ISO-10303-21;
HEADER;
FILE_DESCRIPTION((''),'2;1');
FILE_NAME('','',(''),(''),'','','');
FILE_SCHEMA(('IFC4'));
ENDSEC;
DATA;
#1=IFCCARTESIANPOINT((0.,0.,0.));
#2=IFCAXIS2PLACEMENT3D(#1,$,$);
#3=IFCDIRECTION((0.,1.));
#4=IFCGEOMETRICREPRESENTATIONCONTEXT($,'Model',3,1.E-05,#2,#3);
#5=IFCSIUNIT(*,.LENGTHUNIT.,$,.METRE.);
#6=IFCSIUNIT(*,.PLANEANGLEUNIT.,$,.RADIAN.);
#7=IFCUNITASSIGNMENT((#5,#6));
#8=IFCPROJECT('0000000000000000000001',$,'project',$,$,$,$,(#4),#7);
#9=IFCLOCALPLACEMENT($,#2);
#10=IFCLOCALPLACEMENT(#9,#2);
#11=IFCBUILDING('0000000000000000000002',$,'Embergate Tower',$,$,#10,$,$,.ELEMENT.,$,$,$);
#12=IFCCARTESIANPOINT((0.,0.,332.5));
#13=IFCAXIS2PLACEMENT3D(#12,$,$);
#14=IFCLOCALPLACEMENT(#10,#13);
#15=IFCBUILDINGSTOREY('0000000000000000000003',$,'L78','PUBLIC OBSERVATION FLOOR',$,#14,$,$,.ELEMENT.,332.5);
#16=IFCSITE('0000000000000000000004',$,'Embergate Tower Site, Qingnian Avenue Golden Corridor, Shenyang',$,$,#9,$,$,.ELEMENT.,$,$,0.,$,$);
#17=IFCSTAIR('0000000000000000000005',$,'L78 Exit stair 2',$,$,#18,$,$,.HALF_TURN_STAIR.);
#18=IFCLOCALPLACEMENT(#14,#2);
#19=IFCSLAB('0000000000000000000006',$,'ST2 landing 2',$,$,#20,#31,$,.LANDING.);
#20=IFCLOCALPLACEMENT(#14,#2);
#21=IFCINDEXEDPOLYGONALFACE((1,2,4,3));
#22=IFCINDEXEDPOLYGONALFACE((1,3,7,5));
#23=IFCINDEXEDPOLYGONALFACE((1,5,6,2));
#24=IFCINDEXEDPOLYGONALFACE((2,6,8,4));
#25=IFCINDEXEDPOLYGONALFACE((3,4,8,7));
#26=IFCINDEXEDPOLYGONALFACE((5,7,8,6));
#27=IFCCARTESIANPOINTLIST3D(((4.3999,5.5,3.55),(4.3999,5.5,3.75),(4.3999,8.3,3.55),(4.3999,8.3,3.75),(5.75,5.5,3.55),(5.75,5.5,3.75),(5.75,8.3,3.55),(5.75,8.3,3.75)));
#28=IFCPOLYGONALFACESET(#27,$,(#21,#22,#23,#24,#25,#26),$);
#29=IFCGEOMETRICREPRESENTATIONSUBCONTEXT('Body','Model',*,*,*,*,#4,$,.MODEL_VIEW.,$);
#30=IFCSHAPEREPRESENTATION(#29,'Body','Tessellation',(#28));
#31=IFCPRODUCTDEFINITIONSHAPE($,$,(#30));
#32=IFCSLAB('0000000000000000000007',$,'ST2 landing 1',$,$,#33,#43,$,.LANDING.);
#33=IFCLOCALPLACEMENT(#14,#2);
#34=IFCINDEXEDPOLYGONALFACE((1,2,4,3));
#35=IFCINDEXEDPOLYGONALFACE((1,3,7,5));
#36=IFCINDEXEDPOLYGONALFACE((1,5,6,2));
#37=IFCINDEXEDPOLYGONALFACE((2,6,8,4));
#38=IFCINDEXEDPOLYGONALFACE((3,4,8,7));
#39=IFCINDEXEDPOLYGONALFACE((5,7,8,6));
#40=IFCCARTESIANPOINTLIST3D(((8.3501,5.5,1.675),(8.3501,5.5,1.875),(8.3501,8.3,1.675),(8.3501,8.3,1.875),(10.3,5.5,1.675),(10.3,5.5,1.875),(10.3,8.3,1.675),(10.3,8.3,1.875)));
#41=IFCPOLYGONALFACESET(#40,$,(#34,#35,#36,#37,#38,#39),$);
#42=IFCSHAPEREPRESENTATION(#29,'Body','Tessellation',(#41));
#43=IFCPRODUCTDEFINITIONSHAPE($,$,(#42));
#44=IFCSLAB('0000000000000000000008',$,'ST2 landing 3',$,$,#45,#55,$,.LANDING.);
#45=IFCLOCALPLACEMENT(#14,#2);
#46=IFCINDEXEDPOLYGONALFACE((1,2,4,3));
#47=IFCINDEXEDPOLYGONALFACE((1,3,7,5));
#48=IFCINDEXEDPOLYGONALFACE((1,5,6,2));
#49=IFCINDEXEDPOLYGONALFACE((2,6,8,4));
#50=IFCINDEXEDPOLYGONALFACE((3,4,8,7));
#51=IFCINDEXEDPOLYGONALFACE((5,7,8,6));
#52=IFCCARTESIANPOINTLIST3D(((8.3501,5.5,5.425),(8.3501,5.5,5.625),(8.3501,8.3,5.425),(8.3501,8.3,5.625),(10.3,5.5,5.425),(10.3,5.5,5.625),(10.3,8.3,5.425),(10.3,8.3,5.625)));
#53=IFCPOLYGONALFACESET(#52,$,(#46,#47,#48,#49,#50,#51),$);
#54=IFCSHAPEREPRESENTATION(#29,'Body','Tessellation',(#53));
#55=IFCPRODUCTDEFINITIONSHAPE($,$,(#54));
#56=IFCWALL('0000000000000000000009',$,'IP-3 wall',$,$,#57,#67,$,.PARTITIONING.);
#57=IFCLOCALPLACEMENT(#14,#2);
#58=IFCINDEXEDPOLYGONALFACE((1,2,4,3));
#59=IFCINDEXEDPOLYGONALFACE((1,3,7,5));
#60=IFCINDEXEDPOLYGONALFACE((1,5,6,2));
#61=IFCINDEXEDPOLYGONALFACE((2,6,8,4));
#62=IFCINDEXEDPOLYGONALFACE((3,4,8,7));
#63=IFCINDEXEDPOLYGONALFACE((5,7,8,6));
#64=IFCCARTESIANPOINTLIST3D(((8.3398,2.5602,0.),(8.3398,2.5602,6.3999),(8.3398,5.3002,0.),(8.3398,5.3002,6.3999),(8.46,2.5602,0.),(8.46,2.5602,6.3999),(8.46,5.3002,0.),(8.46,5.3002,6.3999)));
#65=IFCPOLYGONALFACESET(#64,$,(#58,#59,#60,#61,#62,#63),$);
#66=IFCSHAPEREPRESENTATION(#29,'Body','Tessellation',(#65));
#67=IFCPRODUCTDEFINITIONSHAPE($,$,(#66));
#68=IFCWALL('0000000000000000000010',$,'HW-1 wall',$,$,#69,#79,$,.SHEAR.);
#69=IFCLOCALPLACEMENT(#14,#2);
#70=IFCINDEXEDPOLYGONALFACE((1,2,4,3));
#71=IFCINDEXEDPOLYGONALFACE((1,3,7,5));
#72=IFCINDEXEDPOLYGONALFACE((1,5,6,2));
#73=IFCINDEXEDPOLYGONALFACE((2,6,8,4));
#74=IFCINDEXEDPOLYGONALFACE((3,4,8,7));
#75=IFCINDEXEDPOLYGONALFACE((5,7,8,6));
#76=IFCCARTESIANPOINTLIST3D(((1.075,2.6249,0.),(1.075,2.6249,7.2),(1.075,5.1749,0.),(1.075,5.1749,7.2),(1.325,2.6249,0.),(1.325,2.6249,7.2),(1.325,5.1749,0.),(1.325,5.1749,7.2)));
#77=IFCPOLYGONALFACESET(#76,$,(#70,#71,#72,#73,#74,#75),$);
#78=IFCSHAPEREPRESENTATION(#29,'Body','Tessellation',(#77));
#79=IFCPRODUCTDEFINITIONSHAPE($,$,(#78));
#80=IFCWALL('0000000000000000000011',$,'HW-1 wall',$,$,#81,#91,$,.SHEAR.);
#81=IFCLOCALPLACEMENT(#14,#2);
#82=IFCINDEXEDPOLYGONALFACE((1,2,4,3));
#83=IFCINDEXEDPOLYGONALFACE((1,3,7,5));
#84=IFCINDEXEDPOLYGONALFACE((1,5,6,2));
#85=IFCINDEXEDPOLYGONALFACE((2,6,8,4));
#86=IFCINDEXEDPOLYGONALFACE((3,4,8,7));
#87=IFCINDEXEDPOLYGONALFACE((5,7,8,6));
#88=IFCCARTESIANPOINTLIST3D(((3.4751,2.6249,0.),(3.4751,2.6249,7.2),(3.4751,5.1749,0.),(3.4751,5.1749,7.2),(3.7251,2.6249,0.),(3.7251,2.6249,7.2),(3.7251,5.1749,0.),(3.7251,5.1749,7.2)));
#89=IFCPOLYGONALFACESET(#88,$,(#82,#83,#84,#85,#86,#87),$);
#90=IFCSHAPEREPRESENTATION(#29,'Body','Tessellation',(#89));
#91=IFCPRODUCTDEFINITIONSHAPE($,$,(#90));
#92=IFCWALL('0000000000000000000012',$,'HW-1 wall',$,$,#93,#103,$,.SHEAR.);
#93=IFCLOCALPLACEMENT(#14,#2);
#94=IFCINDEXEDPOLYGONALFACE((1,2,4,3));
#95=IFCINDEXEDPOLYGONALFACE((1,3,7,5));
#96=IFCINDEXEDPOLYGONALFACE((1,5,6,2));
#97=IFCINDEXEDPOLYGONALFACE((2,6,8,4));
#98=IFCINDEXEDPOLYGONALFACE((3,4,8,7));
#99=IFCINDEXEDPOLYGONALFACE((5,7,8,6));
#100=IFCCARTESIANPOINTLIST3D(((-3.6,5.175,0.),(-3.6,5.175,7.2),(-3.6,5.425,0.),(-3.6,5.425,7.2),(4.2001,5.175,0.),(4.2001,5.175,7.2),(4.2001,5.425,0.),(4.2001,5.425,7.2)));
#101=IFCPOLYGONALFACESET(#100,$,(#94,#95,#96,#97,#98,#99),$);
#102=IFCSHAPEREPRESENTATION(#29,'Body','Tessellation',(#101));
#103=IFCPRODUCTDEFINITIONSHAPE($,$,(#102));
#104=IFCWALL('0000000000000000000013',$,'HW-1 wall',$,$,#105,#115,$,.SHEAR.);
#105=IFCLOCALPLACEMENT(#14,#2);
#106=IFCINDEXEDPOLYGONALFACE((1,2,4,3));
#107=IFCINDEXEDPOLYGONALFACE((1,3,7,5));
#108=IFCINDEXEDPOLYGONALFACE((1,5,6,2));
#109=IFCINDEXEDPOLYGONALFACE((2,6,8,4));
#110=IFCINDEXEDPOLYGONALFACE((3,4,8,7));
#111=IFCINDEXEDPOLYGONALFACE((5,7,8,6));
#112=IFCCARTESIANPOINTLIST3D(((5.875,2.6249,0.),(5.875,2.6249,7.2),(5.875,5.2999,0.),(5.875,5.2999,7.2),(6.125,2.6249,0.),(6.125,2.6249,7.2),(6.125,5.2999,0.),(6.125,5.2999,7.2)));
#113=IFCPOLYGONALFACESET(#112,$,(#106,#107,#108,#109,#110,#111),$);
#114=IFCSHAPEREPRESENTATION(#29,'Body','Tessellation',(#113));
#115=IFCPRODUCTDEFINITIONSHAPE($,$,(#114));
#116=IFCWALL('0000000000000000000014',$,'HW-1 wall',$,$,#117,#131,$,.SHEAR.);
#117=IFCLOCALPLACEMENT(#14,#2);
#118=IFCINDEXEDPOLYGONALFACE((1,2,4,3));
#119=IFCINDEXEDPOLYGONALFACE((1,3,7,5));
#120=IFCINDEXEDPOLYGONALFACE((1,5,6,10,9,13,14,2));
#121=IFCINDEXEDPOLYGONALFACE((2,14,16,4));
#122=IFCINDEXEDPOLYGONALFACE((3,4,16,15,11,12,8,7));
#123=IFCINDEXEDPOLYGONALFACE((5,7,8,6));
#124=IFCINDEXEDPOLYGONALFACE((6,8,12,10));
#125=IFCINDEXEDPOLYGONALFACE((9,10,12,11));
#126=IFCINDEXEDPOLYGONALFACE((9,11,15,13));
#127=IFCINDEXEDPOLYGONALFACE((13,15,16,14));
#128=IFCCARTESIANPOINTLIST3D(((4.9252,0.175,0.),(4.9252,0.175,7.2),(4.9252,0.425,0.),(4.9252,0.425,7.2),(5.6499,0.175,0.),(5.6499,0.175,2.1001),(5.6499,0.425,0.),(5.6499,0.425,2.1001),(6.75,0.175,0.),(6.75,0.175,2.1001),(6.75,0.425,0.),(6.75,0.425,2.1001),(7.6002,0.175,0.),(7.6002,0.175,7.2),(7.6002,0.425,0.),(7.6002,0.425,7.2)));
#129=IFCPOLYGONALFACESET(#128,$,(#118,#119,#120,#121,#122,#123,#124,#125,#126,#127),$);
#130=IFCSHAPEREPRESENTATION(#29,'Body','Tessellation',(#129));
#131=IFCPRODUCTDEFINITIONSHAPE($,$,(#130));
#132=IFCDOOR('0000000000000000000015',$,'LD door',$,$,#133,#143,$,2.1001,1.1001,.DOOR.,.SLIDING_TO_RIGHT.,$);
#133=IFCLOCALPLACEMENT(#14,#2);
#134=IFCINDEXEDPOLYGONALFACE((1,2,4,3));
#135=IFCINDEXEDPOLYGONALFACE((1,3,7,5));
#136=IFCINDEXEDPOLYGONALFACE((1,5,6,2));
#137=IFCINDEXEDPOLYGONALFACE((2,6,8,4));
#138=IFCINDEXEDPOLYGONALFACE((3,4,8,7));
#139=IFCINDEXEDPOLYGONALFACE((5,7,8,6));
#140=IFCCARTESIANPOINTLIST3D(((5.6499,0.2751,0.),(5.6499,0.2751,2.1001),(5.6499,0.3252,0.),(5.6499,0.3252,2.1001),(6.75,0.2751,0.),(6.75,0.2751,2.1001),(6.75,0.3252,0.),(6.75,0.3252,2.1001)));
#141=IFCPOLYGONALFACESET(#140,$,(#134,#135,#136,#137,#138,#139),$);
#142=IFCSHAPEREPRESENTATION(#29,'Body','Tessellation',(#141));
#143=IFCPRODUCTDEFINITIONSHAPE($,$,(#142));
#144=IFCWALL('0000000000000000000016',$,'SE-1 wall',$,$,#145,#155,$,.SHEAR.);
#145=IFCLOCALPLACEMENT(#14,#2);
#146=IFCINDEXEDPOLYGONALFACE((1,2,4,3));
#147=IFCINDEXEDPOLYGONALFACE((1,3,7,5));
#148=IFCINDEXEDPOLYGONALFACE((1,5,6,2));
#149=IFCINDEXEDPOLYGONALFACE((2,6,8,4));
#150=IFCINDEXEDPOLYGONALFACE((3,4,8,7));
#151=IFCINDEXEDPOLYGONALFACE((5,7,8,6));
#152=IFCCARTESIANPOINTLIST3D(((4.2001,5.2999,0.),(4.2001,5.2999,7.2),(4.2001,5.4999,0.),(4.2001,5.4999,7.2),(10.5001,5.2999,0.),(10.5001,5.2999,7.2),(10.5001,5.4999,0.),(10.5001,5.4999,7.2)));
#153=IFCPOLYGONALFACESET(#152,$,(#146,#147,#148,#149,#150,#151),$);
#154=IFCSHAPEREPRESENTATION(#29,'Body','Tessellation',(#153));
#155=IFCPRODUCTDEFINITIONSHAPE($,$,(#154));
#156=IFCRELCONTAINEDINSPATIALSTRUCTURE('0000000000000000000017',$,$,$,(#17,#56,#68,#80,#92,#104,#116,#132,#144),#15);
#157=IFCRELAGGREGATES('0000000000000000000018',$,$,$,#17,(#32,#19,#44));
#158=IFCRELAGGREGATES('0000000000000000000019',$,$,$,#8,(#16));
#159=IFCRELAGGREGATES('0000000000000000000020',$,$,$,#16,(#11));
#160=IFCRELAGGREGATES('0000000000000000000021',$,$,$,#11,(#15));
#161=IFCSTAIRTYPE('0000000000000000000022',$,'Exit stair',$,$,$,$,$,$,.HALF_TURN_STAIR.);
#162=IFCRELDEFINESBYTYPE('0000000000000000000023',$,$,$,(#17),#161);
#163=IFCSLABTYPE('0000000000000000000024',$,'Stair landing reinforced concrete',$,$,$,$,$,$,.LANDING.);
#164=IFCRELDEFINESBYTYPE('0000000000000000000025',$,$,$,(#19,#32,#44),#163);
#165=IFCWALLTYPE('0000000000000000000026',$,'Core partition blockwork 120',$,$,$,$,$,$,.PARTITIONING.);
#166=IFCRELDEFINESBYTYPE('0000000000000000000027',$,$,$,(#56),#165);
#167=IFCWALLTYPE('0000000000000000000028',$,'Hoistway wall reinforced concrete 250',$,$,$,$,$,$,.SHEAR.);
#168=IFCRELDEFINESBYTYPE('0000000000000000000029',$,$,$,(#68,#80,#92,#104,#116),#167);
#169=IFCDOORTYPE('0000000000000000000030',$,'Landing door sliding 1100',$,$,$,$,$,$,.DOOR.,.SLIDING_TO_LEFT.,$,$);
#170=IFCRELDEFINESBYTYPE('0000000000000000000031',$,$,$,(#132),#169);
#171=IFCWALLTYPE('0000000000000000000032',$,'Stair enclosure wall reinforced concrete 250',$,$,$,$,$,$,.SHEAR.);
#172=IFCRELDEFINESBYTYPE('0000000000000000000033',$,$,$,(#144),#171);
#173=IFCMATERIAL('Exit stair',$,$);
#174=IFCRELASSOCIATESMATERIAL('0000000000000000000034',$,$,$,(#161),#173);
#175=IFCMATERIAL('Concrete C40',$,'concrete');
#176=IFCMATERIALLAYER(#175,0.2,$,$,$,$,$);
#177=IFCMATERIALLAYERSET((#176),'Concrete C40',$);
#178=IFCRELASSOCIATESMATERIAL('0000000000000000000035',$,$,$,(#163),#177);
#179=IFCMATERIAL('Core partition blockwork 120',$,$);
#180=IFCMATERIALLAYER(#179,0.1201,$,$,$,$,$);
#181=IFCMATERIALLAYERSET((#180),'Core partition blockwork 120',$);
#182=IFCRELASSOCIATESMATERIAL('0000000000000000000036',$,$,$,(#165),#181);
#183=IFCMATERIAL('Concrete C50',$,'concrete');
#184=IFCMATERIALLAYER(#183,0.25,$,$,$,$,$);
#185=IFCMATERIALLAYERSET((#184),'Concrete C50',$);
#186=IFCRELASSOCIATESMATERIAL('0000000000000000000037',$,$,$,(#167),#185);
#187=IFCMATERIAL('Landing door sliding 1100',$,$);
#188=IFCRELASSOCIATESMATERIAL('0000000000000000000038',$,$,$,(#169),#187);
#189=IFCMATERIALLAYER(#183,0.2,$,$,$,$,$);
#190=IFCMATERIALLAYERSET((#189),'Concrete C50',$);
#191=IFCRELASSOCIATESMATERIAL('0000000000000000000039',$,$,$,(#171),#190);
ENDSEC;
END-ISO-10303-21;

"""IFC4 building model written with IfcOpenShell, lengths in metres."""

from ifc_helpers import new_model, si_unit, direction, frame, frame_2d, origin, place, context, subcontext, project, spatial, polyline, rectangle, outline, extrude, source, transform, mapped, material, layer, layer_set, type_object, element, fill, aggregate, save


model = new_model("IFC4")

# Units and contexts
model_context = context("Model", 3, precision=1e-05, world=origin(), true_north=direction((0.0, 1.0)))
body_context = subcontext(model_context, "Body", "Model", "MODEL_VIEW")
ifc_project = project(units=[si_unit("LENGTHUNIT", "METRE"), si_unit("PLANEANGLEUNIT", "RADIAN")], contexts=[model_context])

# Site, building, storey
site_placement = place(None, origin())
site = spatial("IfcSite", under=ifc_project, at=site_placement, Name="Embergate Tower Site, Qingnian Avenue Golden Corridor, Shenyang", CompositionType="ELEMENT", RefElevation=0.0)
building_placement = place(site_placement, origin())
building = spatial("IfcBuilding", under=site, at=building_placement, Name="Embergate Tower", CompositionType="ELEMENT")
storey_placement = place(building_placement, frame((0.0, 0.0, 332.5)))
storey = spatial("IfcBuildingStorey", under=building, at=storey_placement, Name="L78", Description="PUBLIC OBSERVATION FLOOR", CompositionType="ELEMENT", Elevation=332.5)

# Stair, slabs
ifc_material_1 = material(Name="Exit stair")
stair_type = type_object("IfcStairType", Name="Exit stair", PredefinedType="HALF_TURN_STAIR", material=ifc_material_1)
stair_placement = place(storey_placement, origin())
stair = element("IfcStair", 1, at=stair_placement, inside=storey, type_object=stair_type, Name="L78 Exit stair 2", PredefinedType="HALF_TURN_STAIR")
ifc_material_2 = material(Name="Concrete C40", Category="concrete")
ifc_layer_1 = layer(ifc_material_2, 0.2)
ifc_layer_set_1 = layer_set([ifc_layer_1], Name="Concrete C40")
slab_type = type_object("IfcSlabType", Name="Stair landing reinforced concrete", PredefinedType="LANDING", material=ifc_layer_set_1)
shared_shape_1 = source(origin(), body_context, "Body", "SweptSolid", [
    extrude(outline(polyline([(0.0, 0.0), (1.3501, 0.0), (1.3501, 2.8), (0.0, 2.8), (0.0, 0.0)])), origin(), (0.0, 0.0, 1.0), 0.2),
])
slab_1_placement = place(storey_placement, frame((4.3999, 5.5, 3.55)))
slab_1 = element("IfcSlab", 2, at=slab_1_placement, type_object=slab_type, Name="ST2 landing 2", PredefinedType="LANDING", context=body_context, shape_type="MappedRepresentation", body=[
    mapped(shared_shape_1, transform((0.0, 0.0, 0.0))),
])
shared_shape_2 = source(origin(), body_context, "Body", "SweptSolid", [
    extrude(outline(polyline([(0.0, 0.0), (1.95, 0.0), (1.95, 2.8), (0.0, 2.8), (0.0, 0.0)])), origin(), (0.0, 0.0, 1.0), 0.2),
])
slab_2_placement = place(storey_placement, frame((8.3501, 5.5, 1.675)))
slab_2 = element("IfcSlab", 3, at=slab_2_placement, type_object=slab_type, Name="ST2 landing 1", PredefinedType="LANDING", context=body_context, shape_type="MappedRepresentation", body=[
    mapped(shared_shape_2, transform((0.0, 0.0, 0.0))),
])
slab_3_placement = place(storey_placement, frame((8.3501, 5.5, 5.425)))
slab_3 = element("IfcSlab", 4, at=slab_3_placement, type_object=slab_type, Name="ST2 landing 3", PredefinedType="LANDING", context=body_context, shape_type="MappedRepresentation", body=[
    mapped(shared_shape_2, transform((0.0, 0.0, 0.0))),
])

# Walls
ifc_material_3 = material(Name="Core partition blockwork 120")
ifc_layer_2 = layer(ifc_material_3, 0.1201)
ifc_layer_set_2 = layer_set([ifc_layer_2], Name="Core partition blockwork 120")
wall_type_1 = type_object("IfcWallType", Name="Core partition blockwork 120", PredefinedType="PARTITIONING", material=ifc_layer_set_2)
shared_shape_3 = source(origin(), body_context, "Body", "SweptSolid", [
    extrude(rectangle(XDim=2.74, YDim=0.1201, at=frame_2d((1.3701, 0.0))), origin(), (0.0, 0.0, 1.0), 6.3999),
])
wall_1_placement = place(storey_placement, frame((8.3999, 2.5601, 0.0), z_axis=(0.0, 0.0, 1.0), x_axis=(0.0, 1.0, 0.0)))
element("IfcWall", 5, at=wall_1_placement, inside=storey, type_object=wall_type_1, Name="IP-3 wall", PredefinedType="PARTITIONING", context=body_context, shape_type="MappedRepresentation", body=[
    mapped(shared_shape_3, transform((0.0, 0.0, 0.0))),
])
ifc_material_4 = material(Name="Concrete C50", Category="concrete")
ifc_layer_3 = layer(ifc_material_4, 0.25)
ifc_layer_set_3 = layer_set([ifc_layer_3], Name="Concrete C50")
wall_type_2 = type_object("IfcWallType", Name="Hoistway wall reinforced concrete 250", PredefinedType="SHEAR", material=ifc_layer_set_3)
shared_shape_4 = source(origin(), body_context, "Body", "SweptSolid", [
    extrude(rectangle(XDim=2.55, YDim=0.25, at=frame_2d((1.2749, 0.0))), origin(), (0.0, 0.0, 1.0), 7.2),
])
for number, where, z_axis, x_axis, name in (
    (6, (1.2, 2.625, 0.0), (0.0, 0.0, 1.0), (0.0, 1.0, 0.0), "HW-1 wall"),
    (7, (3.6001, 2.625, 0.0), (0.0, 0.0, 1.0), (0.0, 1.0, 0.0), "HW-1 wall"),
):
    element("IfcWall", number, at=place(storey_placement, frame(where, z_axis=z_axis, x_axis=x_axis)), inside=storey, type_object=wall_type_2, Name=name, PredefinedType="SHEAR", context=body_context, shape_type="MappedRepresentation", body=[
        mapped(shared_shape_4, transform((0.0, 0.0, 0.0))),
    ])
shared_shape_5 = source(origin(), body_context, "Body", "SweptSolid", [
    extrude(rectangle(XDim=7.8, YDim=0.25, at=frame_2d((3.8999, 0.0))), origin(), (0.0, 0.0, 1.0), 7.2),
])
wall_2_placement = place(storey_placement, frame((4.2, 5.3, 0.0), z_axis=(0.0, 0.0, 1.0), x_axis=(-1.0, 0.0, 0.0)))
element("IfcWall", 8, at=wall_2_placement, inside=storey, type_object=wall_type_2, Name="HW-1 wall", PredefinedType="SHEAR", context=body_context, shape_type="MappedRepresentation", body=[
    mapped(shared_shape_5, transform((0.0, 0.0, 0.0))),
])
shared_shape_6 = source(origin(), body_context, "Body", "SweptSolid", [
    extrude(rectangle(XDim=2.675, YDim=0.25, at=frame_2d((1.3374, 0.0))), origin(), (0.0, 0.0, 1.0), 7.2),
])
wall_3_placement = place(storey_placement, frame((6.0, 2.625, 0.0), z_axis=(0.0, 0.0, 1.0), x_axis=(0.0, 1.0, 0.0)))
element("IfcWall", 9, at=wall_3_placement, inside=storey, type_object=wall_type_2, Name="HW-1 wall", PredefinedType="SHEAR", context=body_context, shape_type="MappedRepresentation", body=[
    mapped(shared_shape_6, transform((0.0, 0.0, 0.0))),
])

# Wall, opening, door
wall_4_placement = place(storey_placement, frame((7.6001, 0.3, 0.0), z_axis=(0.0, 0.0, 1.0), x_axis=(-1.0, 0.0, 0.0)))
wall_4 = element("IfcWall", 10, at=wall_4_placement, inside=storey, type_object=wall_type_2, Name="HW-1 wall", PredefinedType="SHEAR", context=body_context, shape_type="MappedRepresentation", body=[
    mapped(shared_shape_6, transform((0.0, 0.0, 0.0))),
])
shared_shape_7 = source(origin(), body_context, "Body", "SweptSolid", [
    extrude(rectangle(XDim=1.1001, YDim=2.1001, at=frame_2d((0.55, 1.05))), frame((0.0, 0.135, 0.0), z_axis=(0.0, -1.0, 0.0), x_axis=(1.0, 0.0, 0.0)), (0.0, 0.0, 1.0), 0.27),
])
opening_1_placement = place(wall_4_placement, frame((0.8501, 0.0, 0.0)))
opening_1 = element("IfcOpeningElement", 11, at=opening_1_placement, cuts=wall_4, PredefinedType="OPENING", context=body_context, shape_type="MappedRepresentation", body=[
    mapped(shared_shape_7, transform((0.0, 0.0, 0.0))),
])
ifc_material_5 = material(Name="Landing door sliding 1100")
door_type_1 = type_object("IfcDoorType", Name="Landing door sliding 1100", OperationType="SLIDING_TO_LEFT", PredefinedType="DOOR", material=ifc_material_5)
shared_shape_8 = source(origin(), body_context, "Body", "SweptSolid", [
    extrude(rectangle(XDim=1.1001, YDim=2.1001, at=frame_2d((0.55, 1.05))), frame((0.0, 0.0249, 0.0), z_axis=(0.0, -1.0, 0.0), x_axis=(1.0, 0.0, 0.0)), (0.0, 0.0, 1.0), 0.05),
])
door_1_placement = place(opening_1_placement, origin())
door_1 = element("IfcDoor", 12, at=door_1_placement, inside=storey, type_object=door_type_1, Name="LD door", OperationType="SLIDING_TO_RIGHT", OverallHeight=2.1001, OverallWidth=1.1001, PredefinedType="DOOR", context=body_context, shape_type="MappedRepresentation", body=[
    mapped(shared_shape_8, transform((0.0, 0.0, 0.0))),
])
fill(opening_1, door_1)

# Wall
ifc_layer_4 = layer(ifc_material_4, 0.2)
ifc_layer_set_4 = layer_set([ifc_layer_4], Name="Concrete C50")
wall_type_3 = type_object("IfcWallType", Name="Stair enclosure wall reinforced concrete 250", PredefinedType="SHEAR", material=ifc_layer_set_4)
shared_shape_9 = source(origin(), body_context, "Body", "SweptSolid", [
    extrude(rectangle(XDim=6.3, YDim=0.2, at=frame_2d((3.1499, 0.0))), origin(), (0.0, 0.0, 1.0), 7.2),
])
wall_5_placement = place(storey_placement, frame((10.5, 5.3999, 0.0), z_axis=(0.0, 0.0, 1.0), x_axis=(-1.0, 0.0, 0.0)))
element("IfcWall", 13, at=wall_5_placement, inside=storey, type_object=wall_type_3, Name="SE-1 wall", PredefinedType="SHEAR", context=body_context, shape_type="MappedRepresentation", body=[
    mapped(shared_shape_9, transform((0.0, 0.0, 0.0))),
])

aggregate(stair, [slab_2, slab_1, slab_3])

save(model, "model.ifc")
